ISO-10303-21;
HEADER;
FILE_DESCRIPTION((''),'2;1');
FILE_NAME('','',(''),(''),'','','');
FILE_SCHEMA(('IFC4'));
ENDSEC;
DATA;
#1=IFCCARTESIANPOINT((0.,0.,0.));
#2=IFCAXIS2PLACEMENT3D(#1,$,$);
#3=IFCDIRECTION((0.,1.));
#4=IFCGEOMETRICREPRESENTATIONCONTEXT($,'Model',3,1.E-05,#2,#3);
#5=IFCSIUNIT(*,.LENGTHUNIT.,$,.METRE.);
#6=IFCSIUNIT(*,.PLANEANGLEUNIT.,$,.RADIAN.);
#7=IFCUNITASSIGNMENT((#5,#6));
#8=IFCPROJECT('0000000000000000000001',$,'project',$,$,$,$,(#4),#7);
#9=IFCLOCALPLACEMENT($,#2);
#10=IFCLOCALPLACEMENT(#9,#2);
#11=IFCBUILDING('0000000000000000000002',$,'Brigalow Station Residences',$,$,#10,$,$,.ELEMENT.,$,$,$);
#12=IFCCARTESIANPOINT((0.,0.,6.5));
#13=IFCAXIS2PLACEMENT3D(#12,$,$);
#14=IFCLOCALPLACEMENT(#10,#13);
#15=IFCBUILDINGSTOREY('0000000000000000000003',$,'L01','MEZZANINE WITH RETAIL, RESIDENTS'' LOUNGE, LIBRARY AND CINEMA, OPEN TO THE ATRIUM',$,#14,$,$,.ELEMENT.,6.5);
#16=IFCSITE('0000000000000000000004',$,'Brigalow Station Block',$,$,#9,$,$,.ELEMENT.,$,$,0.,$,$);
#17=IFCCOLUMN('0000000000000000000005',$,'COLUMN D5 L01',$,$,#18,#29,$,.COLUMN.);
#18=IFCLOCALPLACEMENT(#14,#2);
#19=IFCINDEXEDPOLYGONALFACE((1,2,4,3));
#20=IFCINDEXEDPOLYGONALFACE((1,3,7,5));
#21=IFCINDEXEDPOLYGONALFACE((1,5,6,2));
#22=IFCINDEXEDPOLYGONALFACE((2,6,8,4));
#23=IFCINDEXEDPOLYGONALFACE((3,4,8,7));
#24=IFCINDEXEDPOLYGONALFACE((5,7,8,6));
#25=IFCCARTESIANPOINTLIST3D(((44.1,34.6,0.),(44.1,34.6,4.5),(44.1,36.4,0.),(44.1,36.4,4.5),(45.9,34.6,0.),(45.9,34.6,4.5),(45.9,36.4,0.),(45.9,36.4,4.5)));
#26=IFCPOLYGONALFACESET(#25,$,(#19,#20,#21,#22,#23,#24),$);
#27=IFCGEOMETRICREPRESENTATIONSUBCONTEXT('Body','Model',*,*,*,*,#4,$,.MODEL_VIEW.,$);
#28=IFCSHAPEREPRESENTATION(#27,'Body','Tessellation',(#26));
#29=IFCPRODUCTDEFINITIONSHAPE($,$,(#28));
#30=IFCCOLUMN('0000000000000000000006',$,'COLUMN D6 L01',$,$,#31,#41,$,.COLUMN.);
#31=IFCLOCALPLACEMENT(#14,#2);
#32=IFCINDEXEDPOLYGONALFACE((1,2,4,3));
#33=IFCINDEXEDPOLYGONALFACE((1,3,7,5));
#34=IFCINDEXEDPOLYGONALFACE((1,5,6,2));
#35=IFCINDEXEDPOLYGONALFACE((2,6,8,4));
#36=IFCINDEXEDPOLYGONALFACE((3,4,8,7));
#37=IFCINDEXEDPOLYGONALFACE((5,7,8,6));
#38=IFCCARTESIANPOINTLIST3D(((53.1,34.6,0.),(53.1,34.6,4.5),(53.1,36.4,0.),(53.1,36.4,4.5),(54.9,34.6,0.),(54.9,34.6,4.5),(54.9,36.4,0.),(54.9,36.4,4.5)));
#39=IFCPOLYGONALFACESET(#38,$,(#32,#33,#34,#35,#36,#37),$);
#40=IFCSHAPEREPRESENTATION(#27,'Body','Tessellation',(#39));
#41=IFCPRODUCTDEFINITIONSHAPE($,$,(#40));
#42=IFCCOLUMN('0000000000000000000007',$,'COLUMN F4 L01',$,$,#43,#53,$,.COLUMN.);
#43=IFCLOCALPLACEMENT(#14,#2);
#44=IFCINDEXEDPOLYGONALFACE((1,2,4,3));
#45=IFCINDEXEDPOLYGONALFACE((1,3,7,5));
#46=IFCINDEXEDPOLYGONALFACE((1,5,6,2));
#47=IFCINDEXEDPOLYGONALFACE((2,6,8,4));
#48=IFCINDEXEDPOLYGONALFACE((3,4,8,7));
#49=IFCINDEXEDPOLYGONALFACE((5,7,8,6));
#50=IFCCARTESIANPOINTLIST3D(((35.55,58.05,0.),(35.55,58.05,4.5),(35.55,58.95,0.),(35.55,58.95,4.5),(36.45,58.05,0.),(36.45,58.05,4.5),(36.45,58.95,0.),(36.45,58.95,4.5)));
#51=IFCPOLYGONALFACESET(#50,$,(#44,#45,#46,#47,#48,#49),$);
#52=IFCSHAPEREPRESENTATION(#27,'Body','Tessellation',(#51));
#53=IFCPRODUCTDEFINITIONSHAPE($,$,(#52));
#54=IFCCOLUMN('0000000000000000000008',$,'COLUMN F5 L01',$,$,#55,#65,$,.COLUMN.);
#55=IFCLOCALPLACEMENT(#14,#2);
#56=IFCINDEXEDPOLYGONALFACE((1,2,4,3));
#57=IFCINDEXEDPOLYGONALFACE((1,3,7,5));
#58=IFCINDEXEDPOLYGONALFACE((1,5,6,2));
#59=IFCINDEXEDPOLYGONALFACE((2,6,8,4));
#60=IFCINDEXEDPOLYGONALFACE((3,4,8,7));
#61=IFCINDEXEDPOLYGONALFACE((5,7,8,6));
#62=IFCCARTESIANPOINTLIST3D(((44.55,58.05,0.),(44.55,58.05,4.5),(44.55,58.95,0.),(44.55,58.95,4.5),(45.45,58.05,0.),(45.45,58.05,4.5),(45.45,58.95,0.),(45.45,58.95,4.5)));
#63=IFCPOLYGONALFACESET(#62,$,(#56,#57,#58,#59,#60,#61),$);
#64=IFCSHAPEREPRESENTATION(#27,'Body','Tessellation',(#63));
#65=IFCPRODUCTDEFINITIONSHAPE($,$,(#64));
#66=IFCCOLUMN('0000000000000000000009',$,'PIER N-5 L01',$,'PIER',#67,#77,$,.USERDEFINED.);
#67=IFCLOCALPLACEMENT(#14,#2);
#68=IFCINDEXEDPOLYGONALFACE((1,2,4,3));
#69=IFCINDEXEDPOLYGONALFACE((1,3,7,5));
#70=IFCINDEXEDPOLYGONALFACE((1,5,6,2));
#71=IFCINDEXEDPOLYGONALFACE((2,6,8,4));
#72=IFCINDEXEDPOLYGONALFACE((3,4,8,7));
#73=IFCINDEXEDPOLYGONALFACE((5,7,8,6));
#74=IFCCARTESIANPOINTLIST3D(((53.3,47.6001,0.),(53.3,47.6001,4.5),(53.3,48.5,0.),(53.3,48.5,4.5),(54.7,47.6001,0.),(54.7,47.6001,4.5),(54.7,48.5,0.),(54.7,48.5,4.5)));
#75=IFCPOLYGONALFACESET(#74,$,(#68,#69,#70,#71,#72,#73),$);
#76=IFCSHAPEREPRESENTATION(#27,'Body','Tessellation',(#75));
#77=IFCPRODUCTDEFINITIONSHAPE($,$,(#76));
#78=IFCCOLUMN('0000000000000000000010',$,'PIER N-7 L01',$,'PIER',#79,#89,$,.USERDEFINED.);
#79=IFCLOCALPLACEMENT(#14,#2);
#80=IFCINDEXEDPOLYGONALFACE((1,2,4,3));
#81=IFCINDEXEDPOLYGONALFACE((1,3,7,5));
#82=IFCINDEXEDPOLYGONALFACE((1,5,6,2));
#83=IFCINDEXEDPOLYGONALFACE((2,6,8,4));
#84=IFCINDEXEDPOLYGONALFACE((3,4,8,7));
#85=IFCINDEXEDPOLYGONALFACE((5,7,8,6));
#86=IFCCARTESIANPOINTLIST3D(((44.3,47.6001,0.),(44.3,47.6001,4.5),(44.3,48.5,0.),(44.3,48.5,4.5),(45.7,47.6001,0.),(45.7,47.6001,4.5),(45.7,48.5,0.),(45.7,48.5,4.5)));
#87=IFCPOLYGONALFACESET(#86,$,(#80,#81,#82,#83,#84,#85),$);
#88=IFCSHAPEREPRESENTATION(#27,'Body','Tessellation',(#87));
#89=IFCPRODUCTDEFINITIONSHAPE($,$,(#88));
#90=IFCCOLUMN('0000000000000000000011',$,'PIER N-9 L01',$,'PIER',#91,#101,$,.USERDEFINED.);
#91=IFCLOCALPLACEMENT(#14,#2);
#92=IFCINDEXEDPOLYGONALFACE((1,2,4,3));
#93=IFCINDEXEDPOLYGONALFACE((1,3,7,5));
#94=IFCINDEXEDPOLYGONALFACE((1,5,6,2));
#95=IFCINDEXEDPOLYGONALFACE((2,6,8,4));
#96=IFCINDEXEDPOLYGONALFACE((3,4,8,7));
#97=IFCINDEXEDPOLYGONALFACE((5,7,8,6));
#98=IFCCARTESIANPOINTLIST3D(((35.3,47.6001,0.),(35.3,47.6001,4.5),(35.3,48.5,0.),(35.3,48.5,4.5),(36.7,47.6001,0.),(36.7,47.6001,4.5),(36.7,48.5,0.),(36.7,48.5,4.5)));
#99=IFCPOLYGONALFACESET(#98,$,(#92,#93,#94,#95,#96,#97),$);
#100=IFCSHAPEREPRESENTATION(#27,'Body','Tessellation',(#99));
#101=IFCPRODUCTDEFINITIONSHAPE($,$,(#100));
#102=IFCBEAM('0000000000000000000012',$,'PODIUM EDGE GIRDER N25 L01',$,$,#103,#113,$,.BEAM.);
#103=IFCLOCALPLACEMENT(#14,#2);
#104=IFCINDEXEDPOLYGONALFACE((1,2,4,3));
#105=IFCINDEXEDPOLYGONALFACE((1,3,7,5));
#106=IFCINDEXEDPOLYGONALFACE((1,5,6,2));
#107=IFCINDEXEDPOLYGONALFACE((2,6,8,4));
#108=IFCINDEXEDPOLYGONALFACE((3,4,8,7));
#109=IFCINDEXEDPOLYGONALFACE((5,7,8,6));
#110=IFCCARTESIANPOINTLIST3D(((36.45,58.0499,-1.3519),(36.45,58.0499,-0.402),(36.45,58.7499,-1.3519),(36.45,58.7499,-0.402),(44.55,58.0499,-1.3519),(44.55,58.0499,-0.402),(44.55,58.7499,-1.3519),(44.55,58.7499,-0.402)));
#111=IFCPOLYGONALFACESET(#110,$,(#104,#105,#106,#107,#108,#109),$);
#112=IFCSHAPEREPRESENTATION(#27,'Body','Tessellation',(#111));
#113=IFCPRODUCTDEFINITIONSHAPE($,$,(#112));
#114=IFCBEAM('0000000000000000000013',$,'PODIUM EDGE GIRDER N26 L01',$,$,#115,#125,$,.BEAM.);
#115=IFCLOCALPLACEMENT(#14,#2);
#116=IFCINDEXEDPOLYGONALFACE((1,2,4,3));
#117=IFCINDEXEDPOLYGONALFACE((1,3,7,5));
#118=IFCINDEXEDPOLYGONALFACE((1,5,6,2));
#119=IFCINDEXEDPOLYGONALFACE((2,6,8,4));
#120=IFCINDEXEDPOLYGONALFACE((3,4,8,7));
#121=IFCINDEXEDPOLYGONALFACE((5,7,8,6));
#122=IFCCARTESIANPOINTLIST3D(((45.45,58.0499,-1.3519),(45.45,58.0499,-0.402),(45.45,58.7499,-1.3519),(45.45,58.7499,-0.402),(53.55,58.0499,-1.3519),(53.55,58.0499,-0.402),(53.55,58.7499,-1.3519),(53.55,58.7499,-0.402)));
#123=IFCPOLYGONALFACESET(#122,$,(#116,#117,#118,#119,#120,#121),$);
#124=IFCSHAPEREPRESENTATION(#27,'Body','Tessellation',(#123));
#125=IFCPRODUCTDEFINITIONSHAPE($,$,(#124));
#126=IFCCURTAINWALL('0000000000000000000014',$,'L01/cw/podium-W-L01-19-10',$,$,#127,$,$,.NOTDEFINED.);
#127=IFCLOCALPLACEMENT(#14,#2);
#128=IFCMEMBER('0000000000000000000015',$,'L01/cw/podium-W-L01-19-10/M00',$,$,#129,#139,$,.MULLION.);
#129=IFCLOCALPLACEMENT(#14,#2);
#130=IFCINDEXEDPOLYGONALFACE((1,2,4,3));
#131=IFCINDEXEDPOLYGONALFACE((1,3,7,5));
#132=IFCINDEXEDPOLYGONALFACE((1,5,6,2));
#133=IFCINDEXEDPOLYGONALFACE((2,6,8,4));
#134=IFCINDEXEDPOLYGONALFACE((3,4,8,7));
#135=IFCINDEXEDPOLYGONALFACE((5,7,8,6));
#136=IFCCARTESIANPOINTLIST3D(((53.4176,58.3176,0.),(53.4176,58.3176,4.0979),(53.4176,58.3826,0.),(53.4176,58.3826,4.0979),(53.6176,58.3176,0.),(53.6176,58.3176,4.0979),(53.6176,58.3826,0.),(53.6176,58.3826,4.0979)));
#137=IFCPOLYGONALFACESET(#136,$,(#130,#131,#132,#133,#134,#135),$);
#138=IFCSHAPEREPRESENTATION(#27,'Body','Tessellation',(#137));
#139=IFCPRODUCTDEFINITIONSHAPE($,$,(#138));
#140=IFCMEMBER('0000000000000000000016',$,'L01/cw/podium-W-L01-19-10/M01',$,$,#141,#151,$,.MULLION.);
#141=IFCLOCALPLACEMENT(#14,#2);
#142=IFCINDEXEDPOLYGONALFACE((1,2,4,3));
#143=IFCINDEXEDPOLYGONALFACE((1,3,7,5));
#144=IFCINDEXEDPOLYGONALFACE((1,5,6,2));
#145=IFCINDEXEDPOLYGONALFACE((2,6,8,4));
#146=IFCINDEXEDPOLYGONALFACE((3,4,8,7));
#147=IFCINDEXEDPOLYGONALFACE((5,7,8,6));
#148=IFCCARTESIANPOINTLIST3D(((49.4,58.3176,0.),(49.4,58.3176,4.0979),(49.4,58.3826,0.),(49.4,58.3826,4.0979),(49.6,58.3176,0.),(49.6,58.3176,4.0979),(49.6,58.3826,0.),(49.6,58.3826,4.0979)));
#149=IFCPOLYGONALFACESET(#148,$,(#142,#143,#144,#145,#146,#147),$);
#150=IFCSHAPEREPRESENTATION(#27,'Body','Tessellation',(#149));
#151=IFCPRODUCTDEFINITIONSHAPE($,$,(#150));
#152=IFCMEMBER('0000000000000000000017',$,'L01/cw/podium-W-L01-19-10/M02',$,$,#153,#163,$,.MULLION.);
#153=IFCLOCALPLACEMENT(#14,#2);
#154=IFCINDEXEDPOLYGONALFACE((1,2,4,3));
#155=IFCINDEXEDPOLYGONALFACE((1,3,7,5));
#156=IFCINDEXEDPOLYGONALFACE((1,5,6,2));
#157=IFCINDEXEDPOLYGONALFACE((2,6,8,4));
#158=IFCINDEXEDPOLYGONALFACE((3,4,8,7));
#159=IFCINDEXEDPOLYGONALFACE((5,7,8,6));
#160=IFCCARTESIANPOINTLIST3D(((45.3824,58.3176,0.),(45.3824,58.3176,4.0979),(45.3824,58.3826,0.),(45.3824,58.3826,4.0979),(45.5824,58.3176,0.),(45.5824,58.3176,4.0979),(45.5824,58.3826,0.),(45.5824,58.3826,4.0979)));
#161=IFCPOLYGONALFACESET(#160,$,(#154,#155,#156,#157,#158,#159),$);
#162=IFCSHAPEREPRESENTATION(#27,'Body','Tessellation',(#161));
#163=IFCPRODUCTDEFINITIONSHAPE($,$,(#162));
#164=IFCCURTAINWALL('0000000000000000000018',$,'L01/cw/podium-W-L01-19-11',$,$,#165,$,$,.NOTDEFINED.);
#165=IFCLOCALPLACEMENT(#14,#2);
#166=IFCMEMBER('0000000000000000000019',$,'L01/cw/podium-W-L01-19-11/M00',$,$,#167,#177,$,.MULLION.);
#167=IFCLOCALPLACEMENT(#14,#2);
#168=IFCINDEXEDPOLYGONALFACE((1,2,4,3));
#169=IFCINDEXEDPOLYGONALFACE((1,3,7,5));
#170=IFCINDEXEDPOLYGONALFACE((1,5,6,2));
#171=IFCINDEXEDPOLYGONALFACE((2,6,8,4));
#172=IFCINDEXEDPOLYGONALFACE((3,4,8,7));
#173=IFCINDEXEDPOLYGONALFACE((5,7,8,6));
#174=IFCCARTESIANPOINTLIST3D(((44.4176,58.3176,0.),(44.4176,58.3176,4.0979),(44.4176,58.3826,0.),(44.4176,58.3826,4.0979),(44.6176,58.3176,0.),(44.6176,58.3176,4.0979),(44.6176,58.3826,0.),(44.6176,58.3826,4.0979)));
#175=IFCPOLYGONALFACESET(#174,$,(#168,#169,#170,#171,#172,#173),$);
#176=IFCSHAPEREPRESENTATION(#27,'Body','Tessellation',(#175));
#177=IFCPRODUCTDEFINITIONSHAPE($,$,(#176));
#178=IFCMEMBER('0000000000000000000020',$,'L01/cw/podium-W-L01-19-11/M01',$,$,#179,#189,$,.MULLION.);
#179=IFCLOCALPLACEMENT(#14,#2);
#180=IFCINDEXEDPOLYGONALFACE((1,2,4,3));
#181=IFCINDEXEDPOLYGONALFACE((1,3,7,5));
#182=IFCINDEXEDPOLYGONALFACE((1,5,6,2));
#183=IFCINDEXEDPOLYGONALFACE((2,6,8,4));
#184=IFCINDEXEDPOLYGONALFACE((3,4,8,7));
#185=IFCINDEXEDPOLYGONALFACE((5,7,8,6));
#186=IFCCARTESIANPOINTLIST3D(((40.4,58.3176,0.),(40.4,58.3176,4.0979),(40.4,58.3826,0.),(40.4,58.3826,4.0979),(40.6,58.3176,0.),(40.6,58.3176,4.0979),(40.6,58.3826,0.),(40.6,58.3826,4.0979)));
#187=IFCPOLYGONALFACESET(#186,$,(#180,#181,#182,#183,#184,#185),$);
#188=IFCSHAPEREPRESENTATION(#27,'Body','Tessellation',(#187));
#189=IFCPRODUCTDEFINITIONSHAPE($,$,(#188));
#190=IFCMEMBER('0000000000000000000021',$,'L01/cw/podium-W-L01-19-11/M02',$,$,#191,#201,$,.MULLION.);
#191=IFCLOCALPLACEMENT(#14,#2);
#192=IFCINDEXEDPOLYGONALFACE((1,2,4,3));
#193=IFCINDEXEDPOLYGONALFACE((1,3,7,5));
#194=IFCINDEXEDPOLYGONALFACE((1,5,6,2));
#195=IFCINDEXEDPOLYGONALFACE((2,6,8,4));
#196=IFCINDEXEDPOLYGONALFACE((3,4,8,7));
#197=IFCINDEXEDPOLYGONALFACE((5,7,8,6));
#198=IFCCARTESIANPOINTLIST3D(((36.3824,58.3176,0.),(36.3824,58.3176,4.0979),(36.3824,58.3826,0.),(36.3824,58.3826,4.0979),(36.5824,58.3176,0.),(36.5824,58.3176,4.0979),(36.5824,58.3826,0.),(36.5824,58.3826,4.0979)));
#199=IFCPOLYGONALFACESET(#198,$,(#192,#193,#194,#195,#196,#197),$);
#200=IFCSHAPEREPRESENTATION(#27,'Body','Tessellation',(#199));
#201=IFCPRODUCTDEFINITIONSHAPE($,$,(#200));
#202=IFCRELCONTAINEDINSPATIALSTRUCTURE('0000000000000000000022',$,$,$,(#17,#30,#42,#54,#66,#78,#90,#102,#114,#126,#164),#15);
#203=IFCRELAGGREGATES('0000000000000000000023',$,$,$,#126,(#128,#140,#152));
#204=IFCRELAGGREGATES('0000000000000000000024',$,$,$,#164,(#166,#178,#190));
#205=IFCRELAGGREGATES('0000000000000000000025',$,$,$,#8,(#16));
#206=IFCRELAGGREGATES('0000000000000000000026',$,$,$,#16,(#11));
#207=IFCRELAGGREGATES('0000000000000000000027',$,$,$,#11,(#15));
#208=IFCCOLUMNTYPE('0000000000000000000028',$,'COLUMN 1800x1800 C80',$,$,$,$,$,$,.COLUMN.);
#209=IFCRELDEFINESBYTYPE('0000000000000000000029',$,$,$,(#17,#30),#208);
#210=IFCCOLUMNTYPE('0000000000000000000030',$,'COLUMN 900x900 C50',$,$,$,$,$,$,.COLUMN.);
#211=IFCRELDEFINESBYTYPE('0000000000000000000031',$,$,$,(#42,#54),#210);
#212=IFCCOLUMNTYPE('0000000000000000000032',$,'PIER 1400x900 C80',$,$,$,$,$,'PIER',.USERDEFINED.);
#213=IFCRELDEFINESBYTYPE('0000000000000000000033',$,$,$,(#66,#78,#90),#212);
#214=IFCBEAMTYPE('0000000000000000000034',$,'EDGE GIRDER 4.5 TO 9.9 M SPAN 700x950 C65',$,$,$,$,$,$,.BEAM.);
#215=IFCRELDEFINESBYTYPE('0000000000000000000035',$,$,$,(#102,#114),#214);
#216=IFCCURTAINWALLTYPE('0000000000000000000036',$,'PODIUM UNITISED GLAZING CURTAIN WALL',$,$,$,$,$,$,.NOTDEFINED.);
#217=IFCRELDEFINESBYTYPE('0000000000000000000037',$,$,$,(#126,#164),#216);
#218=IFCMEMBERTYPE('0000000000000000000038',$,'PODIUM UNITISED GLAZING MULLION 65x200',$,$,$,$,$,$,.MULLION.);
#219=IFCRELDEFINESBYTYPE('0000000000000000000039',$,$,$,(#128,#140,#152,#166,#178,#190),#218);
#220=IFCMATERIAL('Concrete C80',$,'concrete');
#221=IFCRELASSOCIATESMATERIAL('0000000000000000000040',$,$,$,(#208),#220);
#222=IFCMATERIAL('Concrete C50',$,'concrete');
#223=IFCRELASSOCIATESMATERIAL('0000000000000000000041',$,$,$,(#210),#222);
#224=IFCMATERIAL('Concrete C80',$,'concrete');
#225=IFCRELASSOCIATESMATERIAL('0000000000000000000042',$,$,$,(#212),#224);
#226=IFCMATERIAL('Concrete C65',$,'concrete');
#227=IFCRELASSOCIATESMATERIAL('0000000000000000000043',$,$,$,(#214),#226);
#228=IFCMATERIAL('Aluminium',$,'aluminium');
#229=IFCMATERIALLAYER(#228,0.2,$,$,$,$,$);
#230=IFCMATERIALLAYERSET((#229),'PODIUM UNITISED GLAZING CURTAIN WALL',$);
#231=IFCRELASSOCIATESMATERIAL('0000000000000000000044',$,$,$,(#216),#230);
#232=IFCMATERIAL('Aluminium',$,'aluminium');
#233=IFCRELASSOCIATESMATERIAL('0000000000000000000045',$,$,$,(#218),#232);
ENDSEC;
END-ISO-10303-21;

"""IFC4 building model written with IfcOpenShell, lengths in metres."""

from ifc_helpers import new_model, si_unit, direction, frame, origin, origin_2d, place, context, subcontext, project, spatial, rectangle, extrude, material, layer, layer_set, material_profile, profile_set, type_object, element, aggregate, save


model = new_model("IFC4")

# Units and contexts
model_context = context("Model", 3, precision=1e-05, world=origin(), true_north=direction((0.0, 1.0)))
body_context = subcontext(model_context, "Body", "Model", "MODEL_VIEW")
ifc_project = project(units=[si_unit("LENGTHUNIT", "METRE"), si_unit("PLANEANGLEUNIT", "RADIAN")], contexts=[model_context])

# Site, building, storey
site_placement = place(None, origin())
site = spatial("IfcSite", under=ifc_project, at=site_placement, Name="Brigalow Station Block", CompositionType="ELEMENT", RefElevation=0.0)
building_placement = place(site_placement, origin())
building = spatial("IfcBuilding", under=site, at=building_placement, Name="Brigalow Station Residences", CompositionType="ELEMENT")
storey_placement = place(building_placement, frame((0.0, 0.0, 6.5)))
storey = spatial("IfcBuildingStorey", under=building, at=storey_placement, Name="L01", Description="MEZZANINE WITH RETAIL, RESIDENTS' LOUNGE, LIBRARY AND CINEMA, OPEN TO THE ATRIUM", CompositionType="ELEMENT", Elevation=6.5)

# Columns
ifc_material_1 = material(Name="Concrete C80", Category="concrete")
ifc_material_profile_1 = material_profile(ifc_material_1, rectangle(XDim=1.8, YDim=1.8, at=origin_2d()), Name="RC1800x1800")
ifc_profile_set_1 = profile_set([ifc_material_profile_1], Name="Concrete C80")
column_type_1 = type_object("IfcColumnType", Name="COLUMN 1800x1800 C80", PredefinedType="COLUMN", material=ifc_profile_set_1)
for number, where, z_axis, x_axis, name in (
    (1, (45.0, 35.5, 0.0), (0.0, 0.0, 1.0), (1.0, 0.0, 0.0), "COLUMN D5 L01"),
    (2, (54.0, 35.5, 0.0), (0.0, 0.0, 1.0), (1.0, 0.0, 0.0), "COLUMN D6 L01"),
):
    element("IfcColumn", number, at=place(storey_placement, frame(where, z_axis=z_axis, x_axis=x_axis)), inside=storey, type_object=column_type_1, Name=name, PredefinedType="COLUMN", context=body_context, shape_type="SweptSolid", body=[
        extrude(rectangle(XDim=1.8, YDim=1.8, at=origin_2d()), origin(), (0.0, 0.0, 1.0), 4.5),
    ])
ifc_material_2 = material(Name="Concrete C50", Category="concrete")
ifc_material_profile_2 = material_profile(ifc_material_2, rectangle(XDim=0.8999, YDim=0.8999, at=origin_2d()), Name="RC900x900")
ifc_profile_set_2 = profile_set([ifc_material_profile_2], Name="Concrete C50")
column_type_2 = type_object("IfcColumnType", Name="COLUMN 900x900 C50", PredefinedType="COLUMN", material=ifc_profile_set_2)
for number, where, z_axis, x_axis, name in (
    (3, (36.0, 58.5, 0.0), (0.0, 0.0, 1.0), (1.0, 0.0, 0.0), "COLUMN F4 L01"),
    (4, (45.0, 58.5, 0.0), (0.0, 0.0, 1.0), (1.0, 0.0, 0.0), "COLUMN F5 L01"),
):
    element("IfcColumn", number, at=place(storey_placement, frame(where, z_axis=z_axis, x_axis=x_axis)), inside=storey, type_object=column_type_2, Name=name, PredefinedType="COLUMN", context=body_context, shape_type="SweptSolid", body=[
        extrude(rectangle(XDim=0.8999, YDim=0.8999, at=origin_2d()), origin(), (0.0, 0.0, 1.0), 4.5),
    ])
ifc_material_3 = material(Name="Concrete C80", Category="concrete")
ifc_material_profile_3 = material_profile(ifc_material_3, rectangle(XDim=1.3999, YDim=0.8999, at=origin_2d()), Name="RC1400x900")
ifc_profile_set_3 = profile_set([ifc_material_profile_3], Name="Concrete C80")
column_type_3 = type_object("IfcColumnType", Name="PIER 1400x900 C80", ElementType="PIER", PredefinedType="USERDEFINED", material=ifc_profile_set_3)
for number, where, z_axis, x_axis, name in (
    (5, (54.0, 48.05, 0.0), (0.0, 0.0, 1.0), (-1.0, 0.0, 0.0), "PIER N-5 L01"),
    (6, (45.0, 48.05, 0.0), (0.0, 0.0, 1.0), (-1.0, 0.0, 0.0), "PIER N-7 L01"),
    (7, (36.0, 48.05, 0.0), (0.0, 0.0, 1.0), (-1.0, 0.0, 0.0), "PIER N-9 L01"),
):
    element("IfcColumn", number, at=place(storey_placement, frame(where, z_axis=z_axis, x_axis=x_axis)), inside=storey, type_object=column_type_3, Name=name, ObjectType="PIER", PredefinedType="USERDEFINED", context=body_context, shape_type="SweptSolid", body=[
        extrude(rectangle(XDim=1.3999, YDim=0.8999, at=origin_2d()), origin(), (0.0, 0.0, 1.0), 4.5),
    ])

# Beams
ifc_material_4 = material(Name="Concrete C65", Category="concrete")
ifc_material_profile_4 = material_profile(ifc_material_4, rectangle(XDim=0.7, YDim=0.95, at=origin_2d()), Name="RC700x950")
ifc_profile_set_4 = profile_set([ifc_material_profile_4], Name="Concrete C65")
beam_type = type_object("IfcBeamType", Name="EDGE GIRDER 4.5 TO 9.9 M SPAN 700x950 C65", PredefinedType="BEAM", material=ifc_profile_set_4)
for number, where, z_axis, x_axis, name in (
    (8, (36.45, 58.3999, -0.877), (1.0, 0.0, 0.0), (0.0, 1.0, 0.0), "PODIUM EDGE GIRDER N25 L01"),
    (9, (45.45, 58.3999, -0.877), (1.0, 0.0, 0.0), (0.0, 1.0, 0.0), "PODIUM EDGE GIRDER N26 L01"),
):
    element("IfcBeam", number, at=place(storey_placement, frame(where, z_axis=z_axis, x_axis=x_axis)), inside=storey, type_object=beam_type, Name=name, PredefinedType="BEAM", context=body_context, shape_type="SweptSolid", body=[
        extrude(rectangle(XDim=0.7, YDim=0.95, at=origin_2d()), origin(), (0.0, 0.0, 1.0), 8.1001),
    ])

# Curtain walls, members
ifc_material_5 = material(Name="Aluminium", Category="aluminium")
ifc_layer_1 = layer(ifc_material_5, 0.2)
ifc_layer_set_1 = layer_set([ifc_layer_1], Name="PODIUM UNITISED GLAZING CURTAIN WALL")
curtain_wall_type = type_object("IfcCurtainWallType", Name="PODIUM UNITISED GLAZING CURTAIN WALL", PredefinedType="NOTDEFINED", material=ifc_layer_set_1)
curtain_wall_1_placement = place(storey_placement, origin())
curtain_wall_1 = element("IfcCurtainWall", 10, at=curtain_wall_1_placement, inside=storey, type_object=curtain_wall_type, Name="L01/cw/podium-W-L01-19-10", PredefinedType="NOTDEFINED")
ifc_material_6 = material(Name="Aluminium", Category="aluminium")
ifc_material_profile_5 = material_profile(ifc_material_6, rectangle(XDim=0.0649, YDim=0.2, at=origin_2d()), Name="PODIUM UNITISED GLAZING MULLION 65x200")
ifc_profile_set_5 = profile_set([ifc_material_profile_5], Name="Aluminium")
member_type_1 = type_object("IfcMemberType", Name="PODIUM UNITISED GLAZING MULLION 65x200", PredefinedType="MULLION", material=ifc_profile_set_5)
member_1_placement = place(storey_placement, frame((53.5176, 58.3501, 0.0), z_axis=(0.0, 0.0, 1.0), x_axis=(0.0, -1.0, 0.0)))
member_1 = element("IfcMember", 11, at=member_1_placement, type_object=member_type_1, Name="L01/cw/podium-W-L01-19-10/M00", PredefinedType="MULLION", context=body_context, shape_type="SweptSolid", body=[
    extrude(rectangle(XDim=0.0649, YDim=0.2, at=origin_2d()), origin(), (0.0, 0.0, 1.0), 4.0979),
])
member_2_placement = place(storey_placement, frame((49.5, 58.3501, 0.0), z_axis=(0.0, 0.0, 1.0), x_axis=(0.0, -1.0, 0.0)))
member_2 = element("IfcMember", 12, at=member_2_placement, type_object=member_type_1, Name="L01/cw/podium-W-L01-19-10/M01", PredefinedType="MULLION", context=body_context, shape_type="SweptSolid", body=[
    extrude(rectangle(XDim=0.0649, YDim=0.2, at=origin_2d()), origin(), (0.0, 0.0, 1.0), 4.0979),
])
member_3_placement = place(storey_placement, frame((45.4824, 58.3501, 0.0), z_axis=(0.0, 0.0, 1.0), x_axis=(0.0, -1.0, 0.0)))
member_3 = element("IfcMember", 13, at=member_3_placement, type_object=member_type_1, Name="L01/cw/podium-W-L01-19-10/M02", PredefinedType="MULLION", context=body_context, shape_type="SweptSolid", body=[
    extrude(rectangle(XDim=0.0649, YDim=0.2, at=origin_2d()), origin(), (0.0, 0.0, 1.0), 4.0979),
])
curtain_wall_2_placement = place(storey_placement, origin())
curtain_wall_2 = element("IfcCurtainWall", 14, at=curtain_wall_2_placement, inside=storey, type_object=curtain_wall_type, Name="L01/cw/podium-W-L01-19-11", PredefinedType="NOTDEFINED")
member_4_placement = place(storey_placement, frame((44.5176, 58.3501, 0.0), z_axis=(0.0, 0.0, 1.0), x_axis=(0.0, -1.0, 0.0)))
member_4 = element("IfcMember", 15, at=member_4_placement, type_object=member_type_1, Name="L01/cw/podium-W-L01-19-11/M00", PredefinedType="MULLION", context=body_context, shape_type="SweptSolid", body=[
    extrude(rectangle(XDim=0.0649, YDim=0.2, at=origin_2d()), origin(), (0.0, 0.0, 1.0), 4.0979),
])
member_5_placement = place(storey_placement, frame((40.5, 58.3501, 0.0), z_axis=(0.0, 0.0, 1.0), x_axis=(0.0, -1.0, 0.0)))
member_5 = element("IfcMember", 16, at=member_5_placement, type_object=member_type_1, Name="L01/cw/podium-W-L01-19-11/M01", PredefinedType="MULLION", context=body_context, shape_type="SweptSolid", body=[
    extrude(rectangle(XDim=0.0649, YDim=0.2, at=origin_2d()), origin(), (0.0, 0.0, 1.0), 4.0979),
])
member_6_placement = place(storey_placement, frame((36.4824, 58.3501, 0.0), z_axis=(0.0, 0.0, 1.0), x_axis=(0.0, -1.0, 0.0)))
member_6 = element("IfcMember", 17, at=member_6_placement, type_object=member_type_1, Name="L01/cw/podium-W-L01-19-11/M02", PredefinedType="MULLION", context=body_context, shape_type="SweptSolid", body=[
    extrude(rectangle(XDim=0.0649, YDim=0.2, at=origin_2d()), origin(), (0.0, 0.0, 1.0), 4.0979),
])

aggregate(curtain_wall_1, [member_1, member_2, member_3])
aggregate(curtain_wall_2, [member_4, member_5, member_6])

save(model, "model.ifc")
